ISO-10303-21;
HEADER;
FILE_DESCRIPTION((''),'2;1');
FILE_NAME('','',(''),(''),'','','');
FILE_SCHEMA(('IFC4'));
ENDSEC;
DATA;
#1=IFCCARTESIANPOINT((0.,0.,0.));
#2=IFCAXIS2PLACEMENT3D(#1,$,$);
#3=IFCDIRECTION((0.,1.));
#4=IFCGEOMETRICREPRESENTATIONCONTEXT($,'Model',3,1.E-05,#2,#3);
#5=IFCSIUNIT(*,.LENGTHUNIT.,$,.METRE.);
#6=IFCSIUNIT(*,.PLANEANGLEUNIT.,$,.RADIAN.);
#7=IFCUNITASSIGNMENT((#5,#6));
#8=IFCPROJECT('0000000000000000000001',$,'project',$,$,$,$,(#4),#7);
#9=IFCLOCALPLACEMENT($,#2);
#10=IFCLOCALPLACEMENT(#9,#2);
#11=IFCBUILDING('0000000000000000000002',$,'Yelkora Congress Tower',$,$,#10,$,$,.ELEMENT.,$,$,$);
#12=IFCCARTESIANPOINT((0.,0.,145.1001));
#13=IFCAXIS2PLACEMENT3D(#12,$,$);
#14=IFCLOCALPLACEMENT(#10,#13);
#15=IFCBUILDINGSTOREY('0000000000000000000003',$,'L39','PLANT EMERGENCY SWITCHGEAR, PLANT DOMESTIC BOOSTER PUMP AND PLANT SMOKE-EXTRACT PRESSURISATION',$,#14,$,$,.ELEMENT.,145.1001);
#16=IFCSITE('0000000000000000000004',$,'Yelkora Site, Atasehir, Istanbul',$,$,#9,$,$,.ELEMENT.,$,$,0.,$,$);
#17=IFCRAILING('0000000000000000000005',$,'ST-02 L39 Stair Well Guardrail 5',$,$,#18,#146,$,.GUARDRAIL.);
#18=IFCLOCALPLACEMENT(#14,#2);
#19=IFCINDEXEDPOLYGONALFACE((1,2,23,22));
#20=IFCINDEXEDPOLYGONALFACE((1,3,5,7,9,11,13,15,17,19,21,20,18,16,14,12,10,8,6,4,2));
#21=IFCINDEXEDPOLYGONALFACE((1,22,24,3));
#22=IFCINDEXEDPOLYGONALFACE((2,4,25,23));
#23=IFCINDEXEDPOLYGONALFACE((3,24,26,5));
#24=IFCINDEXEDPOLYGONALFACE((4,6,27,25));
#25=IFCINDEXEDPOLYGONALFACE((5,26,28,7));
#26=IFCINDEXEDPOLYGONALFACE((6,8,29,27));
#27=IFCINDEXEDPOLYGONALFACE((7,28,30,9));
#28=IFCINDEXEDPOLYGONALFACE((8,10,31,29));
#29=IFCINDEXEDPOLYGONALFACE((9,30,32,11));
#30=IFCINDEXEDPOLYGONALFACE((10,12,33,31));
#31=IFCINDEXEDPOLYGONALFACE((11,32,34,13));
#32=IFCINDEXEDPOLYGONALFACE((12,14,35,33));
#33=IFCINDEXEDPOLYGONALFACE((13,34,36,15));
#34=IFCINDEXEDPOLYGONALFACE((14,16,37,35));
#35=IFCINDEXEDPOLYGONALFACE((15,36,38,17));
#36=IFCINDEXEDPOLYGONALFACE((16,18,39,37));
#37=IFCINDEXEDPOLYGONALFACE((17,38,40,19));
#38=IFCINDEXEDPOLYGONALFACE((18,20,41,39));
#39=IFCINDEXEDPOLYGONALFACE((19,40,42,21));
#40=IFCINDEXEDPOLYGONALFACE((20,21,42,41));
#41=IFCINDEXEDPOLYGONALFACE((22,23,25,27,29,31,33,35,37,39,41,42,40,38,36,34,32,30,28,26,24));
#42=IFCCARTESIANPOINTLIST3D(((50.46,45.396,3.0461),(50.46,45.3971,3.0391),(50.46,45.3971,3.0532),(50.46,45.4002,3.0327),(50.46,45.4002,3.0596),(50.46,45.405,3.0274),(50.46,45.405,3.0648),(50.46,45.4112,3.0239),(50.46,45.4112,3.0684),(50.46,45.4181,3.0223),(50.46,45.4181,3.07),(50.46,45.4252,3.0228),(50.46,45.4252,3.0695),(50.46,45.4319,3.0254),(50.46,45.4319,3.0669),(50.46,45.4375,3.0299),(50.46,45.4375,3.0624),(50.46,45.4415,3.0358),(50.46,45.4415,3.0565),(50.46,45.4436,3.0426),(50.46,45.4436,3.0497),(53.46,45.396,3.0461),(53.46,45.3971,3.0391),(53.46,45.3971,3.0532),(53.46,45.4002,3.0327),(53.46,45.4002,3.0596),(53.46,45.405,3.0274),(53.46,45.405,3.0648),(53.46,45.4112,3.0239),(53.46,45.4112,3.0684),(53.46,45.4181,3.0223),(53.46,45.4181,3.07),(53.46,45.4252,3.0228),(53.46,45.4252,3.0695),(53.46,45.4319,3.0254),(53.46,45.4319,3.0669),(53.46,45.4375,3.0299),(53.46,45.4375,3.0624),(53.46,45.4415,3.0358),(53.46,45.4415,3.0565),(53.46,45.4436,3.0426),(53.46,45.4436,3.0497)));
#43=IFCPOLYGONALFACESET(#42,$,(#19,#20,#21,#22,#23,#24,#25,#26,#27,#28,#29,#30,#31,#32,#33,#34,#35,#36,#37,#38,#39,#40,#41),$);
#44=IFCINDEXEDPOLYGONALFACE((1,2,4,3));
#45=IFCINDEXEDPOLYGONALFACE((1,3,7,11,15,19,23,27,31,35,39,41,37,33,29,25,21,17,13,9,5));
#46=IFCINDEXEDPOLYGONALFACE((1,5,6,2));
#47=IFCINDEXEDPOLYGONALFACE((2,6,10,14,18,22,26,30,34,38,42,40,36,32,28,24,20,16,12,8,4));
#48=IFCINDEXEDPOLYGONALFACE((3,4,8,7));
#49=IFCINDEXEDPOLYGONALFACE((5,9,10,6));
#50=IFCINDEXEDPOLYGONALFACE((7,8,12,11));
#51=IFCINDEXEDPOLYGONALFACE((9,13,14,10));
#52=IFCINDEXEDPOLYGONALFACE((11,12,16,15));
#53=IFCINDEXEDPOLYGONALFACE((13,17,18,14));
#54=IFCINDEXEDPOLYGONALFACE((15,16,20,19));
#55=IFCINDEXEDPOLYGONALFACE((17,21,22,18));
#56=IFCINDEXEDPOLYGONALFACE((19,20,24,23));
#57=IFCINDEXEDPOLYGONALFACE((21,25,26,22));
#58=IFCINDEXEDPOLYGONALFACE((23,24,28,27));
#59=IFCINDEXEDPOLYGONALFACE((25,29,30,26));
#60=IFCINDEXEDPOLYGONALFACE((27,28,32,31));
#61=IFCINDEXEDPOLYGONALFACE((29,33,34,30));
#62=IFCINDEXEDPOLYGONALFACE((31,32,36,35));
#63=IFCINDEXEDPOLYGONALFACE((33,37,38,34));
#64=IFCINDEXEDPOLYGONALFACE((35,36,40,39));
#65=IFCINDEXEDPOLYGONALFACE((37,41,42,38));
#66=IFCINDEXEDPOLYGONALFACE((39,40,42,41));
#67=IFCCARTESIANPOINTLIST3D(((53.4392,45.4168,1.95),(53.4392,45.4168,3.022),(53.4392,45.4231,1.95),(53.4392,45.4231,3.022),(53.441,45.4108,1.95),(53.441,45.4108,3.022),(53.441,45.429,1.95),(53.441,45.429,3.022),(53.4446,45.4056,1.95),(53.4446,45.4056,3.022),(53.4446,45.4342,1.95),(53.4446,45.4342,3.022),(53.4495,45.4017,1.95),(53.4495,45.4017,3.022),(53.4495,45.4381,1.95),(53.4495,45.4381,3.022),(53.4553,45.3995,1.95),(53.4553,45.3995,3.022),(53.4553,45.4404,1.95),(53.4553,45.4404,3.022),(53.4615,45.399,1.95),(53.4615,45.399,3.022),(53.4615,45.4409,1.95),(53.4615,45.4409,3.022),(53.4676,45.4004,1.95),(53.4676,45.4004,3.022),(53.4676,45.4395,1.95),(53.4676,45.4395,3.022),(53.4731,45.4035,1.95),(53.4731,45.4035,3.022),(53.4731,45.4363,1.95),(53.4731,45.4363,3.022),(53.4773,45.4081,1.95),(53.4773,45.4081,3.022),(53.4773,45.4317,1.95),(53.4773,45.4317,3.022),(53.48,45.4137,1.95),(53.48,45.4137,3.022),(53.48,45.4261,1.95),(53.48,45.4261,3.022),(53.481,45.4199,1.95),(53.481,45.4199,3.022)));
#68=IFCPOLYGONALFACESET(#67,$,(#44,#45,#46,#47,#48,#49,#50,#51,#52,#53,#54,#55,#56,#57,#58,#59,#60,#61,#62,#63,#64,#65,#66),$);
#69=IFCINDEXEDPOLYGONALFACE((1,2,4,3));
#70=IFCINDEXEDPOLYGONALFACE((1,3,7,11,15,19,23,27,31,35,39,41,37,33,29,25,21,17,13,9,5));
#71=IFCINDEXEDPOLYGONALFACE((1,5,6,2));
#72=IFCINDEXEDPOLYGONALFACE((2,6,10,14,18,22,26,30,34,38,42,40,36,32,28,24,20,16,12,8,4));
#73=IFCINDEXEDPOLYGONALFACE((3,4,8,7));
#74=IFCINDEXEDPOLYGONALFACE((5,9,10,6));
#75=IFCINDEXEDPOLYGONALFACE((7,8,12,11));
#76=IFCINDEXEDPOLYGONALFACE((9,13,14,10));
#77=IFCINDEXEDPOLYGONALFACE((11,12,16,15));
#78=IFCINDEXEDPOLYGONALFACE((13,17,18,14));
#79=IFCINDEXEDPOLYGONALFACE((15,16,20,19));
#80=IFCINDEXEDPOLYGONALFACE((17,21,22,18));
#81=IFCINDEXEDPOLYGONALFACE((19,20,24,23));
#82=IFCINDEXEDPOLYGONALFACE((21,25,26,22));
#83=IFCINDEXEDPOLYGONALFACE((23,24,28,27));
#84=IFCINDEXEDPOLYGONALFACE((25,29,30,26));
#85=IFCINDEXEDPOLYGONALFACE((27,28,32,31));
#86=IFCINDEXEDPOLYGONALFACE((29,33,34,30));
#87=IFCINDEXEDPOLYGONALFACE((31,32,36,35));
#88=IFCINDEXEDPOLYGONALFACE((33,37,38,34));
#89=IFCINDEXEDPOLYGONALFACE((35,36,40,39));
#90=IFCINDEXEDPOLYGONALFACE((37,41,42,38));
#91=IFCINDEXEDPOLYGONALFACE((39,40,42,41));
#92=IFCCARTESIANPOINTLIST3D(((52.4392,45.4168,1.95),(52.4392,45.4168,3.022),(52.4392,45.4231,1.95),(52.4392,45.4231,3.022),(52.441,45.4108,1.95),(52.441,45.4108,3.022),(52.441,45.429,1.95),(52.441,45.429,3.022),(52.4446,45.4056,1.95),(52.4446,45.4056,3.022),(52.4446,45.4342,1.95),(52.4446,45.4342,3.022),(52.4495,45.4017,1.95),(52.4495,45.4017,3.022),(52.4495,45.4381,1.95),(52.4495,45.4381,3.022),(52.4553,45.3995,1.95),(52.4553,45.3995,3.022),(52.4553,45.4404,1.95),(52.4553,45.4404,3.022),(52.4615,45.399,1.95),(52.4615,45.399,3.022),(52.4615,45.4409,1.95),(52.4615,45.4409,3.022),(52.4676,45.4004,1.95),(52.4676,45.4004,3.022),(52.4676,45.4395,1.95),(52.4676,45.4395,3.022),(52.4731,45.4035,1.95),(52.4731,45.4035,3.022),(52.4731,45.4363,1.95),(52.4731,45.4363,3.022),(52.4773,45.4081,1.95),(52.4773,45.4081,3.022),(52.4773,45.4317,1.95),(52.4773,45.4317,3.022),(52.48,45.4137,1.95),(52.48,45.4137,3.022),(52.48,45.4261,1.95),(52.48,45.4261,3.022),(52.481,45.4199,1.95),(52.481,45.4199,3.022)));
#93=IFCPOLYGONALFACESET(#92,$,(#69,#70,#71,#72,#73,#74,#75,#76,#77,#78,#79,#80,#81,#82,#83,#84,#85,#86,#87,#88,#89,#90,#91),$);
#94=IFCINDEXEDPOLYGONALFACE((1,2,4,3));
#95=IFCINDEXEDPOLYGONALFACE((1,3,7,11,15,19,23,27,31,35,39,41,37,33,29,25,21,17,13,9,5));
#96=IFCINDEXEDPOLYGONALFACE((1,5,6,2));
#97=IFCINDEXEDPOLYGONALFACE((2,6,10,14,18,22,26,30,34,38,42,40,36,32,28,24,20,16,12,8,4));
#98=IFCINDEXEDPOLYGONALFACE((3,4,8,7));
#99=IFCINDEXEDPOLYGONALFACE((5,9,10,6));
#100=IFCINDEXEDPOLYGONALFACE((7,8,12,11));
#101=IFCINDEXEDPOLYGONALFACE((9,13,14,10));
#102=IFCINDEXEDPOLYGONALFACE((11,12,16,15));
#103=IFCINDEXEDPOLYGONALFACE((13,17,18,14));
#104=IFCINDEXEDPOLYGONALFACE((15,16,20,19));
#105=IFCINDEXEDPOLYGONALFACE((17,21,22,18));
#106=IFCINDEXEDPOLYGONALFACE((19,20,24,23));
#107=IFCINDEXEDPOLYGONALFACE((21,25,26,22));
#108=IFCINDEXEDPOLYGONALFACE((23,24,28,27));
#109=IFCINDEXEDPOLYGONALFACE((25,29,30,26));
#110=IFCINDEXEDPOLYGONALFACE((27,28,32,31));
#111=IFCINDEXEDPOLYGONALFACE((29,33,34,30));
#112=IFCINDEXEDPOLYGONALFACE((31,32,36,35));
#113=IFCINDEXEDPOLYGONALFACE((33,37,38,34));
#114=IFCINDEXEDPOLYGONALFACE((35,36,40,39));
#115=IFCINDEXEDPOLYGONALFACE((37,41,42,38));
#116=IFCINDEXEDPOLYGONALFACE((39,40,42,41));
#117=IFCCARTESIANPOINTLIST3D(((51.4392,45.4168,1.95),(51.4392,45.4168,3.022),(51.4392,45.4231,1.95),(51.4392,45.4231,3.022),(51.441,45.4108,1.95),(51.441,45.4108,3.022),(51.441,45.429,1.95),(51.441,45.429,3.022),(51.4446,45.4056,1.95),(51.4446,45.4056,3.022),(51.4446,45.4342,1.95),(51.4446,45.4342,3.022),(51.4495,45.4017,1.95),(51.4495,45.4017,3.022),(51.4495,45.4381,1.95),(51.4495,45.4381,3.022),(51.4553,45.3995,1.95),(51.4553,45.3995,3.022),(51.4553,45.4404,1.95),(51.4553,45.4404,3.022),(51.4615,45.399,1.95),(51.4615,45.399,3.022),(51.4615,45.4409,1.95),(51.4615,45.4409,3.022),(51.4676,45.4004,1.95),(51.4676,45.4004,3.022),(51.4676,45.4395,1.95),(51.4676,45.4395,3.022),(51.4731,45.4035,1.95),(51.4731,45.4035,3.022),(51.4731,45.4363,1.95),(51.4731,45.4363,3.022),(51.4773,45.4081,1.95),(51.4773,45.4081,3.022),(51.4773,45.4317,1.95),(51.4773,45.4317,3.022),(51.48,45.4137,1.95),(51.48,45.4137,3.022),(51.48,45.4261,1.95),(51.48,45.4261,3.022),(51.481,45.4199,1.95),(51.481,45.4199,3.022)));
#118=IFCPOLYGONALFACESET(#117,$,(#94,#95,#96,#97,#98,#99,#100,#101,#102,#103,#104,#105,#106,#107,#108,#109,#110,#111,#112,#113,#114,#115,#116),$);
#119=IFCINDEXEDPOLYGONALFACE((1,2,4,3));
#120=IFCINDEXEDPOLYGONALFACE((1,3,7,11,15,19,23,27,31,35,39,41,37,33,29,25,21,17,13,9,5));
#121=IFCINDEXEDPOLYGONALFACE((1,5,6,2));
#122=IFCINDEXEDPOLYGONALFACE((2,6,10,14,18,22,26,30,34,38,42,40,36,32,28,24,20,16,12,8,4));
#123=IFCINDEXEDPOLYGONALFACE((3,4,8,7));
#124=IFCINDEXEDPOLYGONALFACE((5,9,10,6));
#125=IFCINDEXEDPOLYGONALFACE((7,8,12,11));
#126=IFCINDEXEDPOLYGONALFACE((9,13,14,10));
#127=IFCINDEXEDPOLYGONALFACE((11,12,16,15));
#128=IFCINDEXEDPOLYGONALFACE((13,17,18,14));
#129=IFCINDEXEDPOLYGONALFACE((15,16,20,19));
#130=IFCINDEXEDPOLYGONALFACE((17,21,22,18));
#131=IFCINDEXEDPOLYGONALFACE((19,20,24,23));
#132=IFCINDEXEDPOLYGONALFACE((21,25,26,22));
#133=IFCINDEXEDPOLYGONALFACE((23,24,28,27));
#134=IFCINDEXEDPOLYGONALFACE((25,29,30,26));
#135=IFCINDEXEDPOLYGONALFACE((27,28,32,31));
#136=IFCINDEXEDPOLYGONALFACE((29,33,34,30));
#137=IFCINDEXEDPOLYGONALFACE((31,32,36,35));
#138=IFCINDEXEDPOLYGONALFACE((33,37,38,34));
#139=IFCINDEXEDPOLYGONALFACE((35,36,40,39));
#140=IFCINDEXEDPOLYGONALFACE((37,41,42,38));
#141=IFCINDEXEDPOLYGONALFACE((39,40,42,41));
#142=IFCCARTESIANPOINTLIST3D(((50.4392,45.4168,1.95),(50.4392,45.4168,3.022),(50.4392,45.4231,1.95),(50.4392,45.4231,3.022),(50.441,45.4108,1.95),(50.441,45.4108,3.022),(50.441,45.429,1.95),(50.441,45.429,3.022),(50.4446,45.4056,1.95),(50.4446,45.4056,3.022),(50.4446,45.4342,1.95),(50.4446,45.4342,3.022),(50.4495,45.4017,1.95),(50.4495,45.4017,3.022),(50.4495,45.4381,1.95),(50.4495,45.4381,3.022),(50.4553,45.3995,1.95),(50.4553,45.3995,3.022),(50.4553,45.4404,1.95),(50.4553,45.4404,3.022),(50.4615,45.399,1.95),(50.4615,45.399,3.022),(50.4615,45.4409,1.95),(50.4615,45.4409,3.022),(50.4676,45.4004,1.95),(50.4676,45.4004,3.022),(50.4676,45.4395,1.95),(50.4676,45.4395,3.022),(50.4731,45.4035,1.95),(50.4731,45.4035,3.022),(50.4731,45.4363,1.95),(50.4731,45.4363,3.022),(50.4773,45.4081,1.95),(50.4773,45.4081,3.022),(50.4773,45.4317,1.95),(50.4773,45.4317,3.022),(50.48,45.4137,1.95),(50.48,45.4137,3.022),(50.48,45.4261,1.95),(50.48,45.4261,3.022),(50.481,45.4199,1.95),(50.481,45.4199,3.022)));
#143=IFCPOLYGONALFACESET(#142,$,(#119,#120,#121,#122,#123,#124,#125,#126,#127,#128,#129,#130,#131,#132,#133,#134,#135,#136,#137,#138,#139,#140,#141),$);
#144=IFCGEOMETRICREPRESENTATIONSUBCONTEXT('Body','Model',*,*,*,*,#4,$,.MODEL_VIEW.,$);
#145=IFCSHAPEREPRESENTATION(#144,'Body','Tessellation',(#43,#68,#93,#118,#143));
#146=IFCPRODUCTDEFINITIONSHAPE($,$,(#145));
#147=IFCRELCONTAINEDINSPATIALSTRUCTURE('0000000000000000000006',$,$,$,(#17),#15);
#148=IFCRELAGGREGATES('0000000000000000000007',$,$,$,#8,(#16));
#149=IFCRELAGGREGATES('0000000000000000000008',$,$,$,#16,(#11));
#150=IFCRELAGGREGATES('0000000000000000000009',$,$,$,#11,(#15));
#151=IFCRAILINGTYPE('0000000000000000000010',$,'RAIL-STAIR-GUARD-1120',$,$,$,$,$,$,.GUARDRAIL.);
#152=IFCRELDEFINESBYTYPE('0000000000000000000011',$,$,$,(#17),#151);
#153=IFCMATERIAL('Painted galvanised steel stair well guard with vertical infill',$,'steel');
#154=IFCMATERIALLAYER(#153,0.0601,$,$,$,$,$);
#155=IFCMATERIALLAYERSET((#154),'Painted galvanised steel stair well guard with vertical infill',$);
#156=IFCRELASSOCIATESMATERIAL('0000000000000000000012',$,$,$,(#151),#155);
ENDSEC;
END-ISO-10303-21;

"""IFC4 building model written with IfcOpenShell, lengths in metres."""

from ifc_helpers import new_model, si_unit, direction, frame, origin, origin_2d, place, context, subcontext, project, spatial, circle, extrude, material, layer, layer_set, type_object, element, save


model = new_model("IFC4")

# Units and contexts
model_context = context("Model", 3, precision=1e-05, world=origin(), true_north=direction((0.0, 1.0)))
body_context = subcontext(model_context, "Body", "Model", "MODEL_VIEW")
ifc_project = project(units=[si_unit("LENGTHUNIT", "METRE"), si_unit("PLANEANGLEUNIT", "RADIAN")], contexts=[model_context])

# Site, building, storey
site_placement = place(None, origin())
site = spatial("IfcSite", under=ifc_project, at=site_placement, Name="Yelkora Site, Atasehir, Istanbul", CompositionType="ELEMENT", RefElevation=0.0)
building_placement = place(site_placement, origin())
building = spatial("IfcBuilding", under=site, at=building_placement, Name="Yelkora Congress Tower", CompositionType="ELEMENT")
storey_placement = place(building_placement, frame((0.0, 0.0, 145.1001)))
storey = spatial("IfcBuildingStorey", under=building, at=storey_placement, Name="L39", Description="PLANT EMERGENCY SWITCHGEAR, PLANT DOMESTIC BOOSTER PUMP AND PLANT SMOKE-EXTRACT PRESSURISATION", CompositionType="ELEMENT", Elevation=145.1001)

# Railing
ifc_material_1 = material(Name="Painted galvanised steel stair well guard with vertical infill", Category="steel")
ifc_layer_1 = layer(ifc_material_1, 0.0601)
ifc_layer_set_1 = layer_set([ifc_layer_1], Name="Painted galvanised steel stair well guard with vertical infill")
railing_type_1 = type_object("IfcRailingType", Name="RAIL-STAIR-GUARD-1120", PredefinedType="GUARDRAIL", material=ifc_layer_set_1)
railing_1_placement = place(storey_placement, frame((53.46, 45.4199, 1.95)))
element("IfcRailing", 1, at=railing_1_placement, inside=storey, type_object=railing_type_1, Name="ST-02 L39 Stair Well Guardrail 5", PredefinedType="GUARDRAIL", context=body_context, shape_type="SweptSolid", body=[
    extrude(circle(Radius=0.0239, at=origin_2d()), frame((0.0, 0.0, 1.0962), z_axis=(-1.0, 0.0, 0.0), x_axis=(0.0, -1.0, 0.0)), (0.0, 0.0, 1.0), 3.0),
    extrude(circle(Radius=0.021, at=origin_2d()), origin(), (0.0, 0.0, 1.0), 1.072),
    extrude(circle(Radius=0.021, at=origin_2d()), frame((-1.0, 0.0, 0.0)), (0.0, 0.0, 1.0), 1.072),
    extrude(circle(Radius=0.021, at=origin_2d()), frame((-2.0, 0.0, 0.0)), (0.0, 0.0, 1.0), 1.072),
    extrude(circle(Radius=0.021, at=origin_2d()), frame((-3.0, 0.0, 0.0)), (0.0, 0.0, 1.0), 1.072),
])

save(model, "model.ifc")
